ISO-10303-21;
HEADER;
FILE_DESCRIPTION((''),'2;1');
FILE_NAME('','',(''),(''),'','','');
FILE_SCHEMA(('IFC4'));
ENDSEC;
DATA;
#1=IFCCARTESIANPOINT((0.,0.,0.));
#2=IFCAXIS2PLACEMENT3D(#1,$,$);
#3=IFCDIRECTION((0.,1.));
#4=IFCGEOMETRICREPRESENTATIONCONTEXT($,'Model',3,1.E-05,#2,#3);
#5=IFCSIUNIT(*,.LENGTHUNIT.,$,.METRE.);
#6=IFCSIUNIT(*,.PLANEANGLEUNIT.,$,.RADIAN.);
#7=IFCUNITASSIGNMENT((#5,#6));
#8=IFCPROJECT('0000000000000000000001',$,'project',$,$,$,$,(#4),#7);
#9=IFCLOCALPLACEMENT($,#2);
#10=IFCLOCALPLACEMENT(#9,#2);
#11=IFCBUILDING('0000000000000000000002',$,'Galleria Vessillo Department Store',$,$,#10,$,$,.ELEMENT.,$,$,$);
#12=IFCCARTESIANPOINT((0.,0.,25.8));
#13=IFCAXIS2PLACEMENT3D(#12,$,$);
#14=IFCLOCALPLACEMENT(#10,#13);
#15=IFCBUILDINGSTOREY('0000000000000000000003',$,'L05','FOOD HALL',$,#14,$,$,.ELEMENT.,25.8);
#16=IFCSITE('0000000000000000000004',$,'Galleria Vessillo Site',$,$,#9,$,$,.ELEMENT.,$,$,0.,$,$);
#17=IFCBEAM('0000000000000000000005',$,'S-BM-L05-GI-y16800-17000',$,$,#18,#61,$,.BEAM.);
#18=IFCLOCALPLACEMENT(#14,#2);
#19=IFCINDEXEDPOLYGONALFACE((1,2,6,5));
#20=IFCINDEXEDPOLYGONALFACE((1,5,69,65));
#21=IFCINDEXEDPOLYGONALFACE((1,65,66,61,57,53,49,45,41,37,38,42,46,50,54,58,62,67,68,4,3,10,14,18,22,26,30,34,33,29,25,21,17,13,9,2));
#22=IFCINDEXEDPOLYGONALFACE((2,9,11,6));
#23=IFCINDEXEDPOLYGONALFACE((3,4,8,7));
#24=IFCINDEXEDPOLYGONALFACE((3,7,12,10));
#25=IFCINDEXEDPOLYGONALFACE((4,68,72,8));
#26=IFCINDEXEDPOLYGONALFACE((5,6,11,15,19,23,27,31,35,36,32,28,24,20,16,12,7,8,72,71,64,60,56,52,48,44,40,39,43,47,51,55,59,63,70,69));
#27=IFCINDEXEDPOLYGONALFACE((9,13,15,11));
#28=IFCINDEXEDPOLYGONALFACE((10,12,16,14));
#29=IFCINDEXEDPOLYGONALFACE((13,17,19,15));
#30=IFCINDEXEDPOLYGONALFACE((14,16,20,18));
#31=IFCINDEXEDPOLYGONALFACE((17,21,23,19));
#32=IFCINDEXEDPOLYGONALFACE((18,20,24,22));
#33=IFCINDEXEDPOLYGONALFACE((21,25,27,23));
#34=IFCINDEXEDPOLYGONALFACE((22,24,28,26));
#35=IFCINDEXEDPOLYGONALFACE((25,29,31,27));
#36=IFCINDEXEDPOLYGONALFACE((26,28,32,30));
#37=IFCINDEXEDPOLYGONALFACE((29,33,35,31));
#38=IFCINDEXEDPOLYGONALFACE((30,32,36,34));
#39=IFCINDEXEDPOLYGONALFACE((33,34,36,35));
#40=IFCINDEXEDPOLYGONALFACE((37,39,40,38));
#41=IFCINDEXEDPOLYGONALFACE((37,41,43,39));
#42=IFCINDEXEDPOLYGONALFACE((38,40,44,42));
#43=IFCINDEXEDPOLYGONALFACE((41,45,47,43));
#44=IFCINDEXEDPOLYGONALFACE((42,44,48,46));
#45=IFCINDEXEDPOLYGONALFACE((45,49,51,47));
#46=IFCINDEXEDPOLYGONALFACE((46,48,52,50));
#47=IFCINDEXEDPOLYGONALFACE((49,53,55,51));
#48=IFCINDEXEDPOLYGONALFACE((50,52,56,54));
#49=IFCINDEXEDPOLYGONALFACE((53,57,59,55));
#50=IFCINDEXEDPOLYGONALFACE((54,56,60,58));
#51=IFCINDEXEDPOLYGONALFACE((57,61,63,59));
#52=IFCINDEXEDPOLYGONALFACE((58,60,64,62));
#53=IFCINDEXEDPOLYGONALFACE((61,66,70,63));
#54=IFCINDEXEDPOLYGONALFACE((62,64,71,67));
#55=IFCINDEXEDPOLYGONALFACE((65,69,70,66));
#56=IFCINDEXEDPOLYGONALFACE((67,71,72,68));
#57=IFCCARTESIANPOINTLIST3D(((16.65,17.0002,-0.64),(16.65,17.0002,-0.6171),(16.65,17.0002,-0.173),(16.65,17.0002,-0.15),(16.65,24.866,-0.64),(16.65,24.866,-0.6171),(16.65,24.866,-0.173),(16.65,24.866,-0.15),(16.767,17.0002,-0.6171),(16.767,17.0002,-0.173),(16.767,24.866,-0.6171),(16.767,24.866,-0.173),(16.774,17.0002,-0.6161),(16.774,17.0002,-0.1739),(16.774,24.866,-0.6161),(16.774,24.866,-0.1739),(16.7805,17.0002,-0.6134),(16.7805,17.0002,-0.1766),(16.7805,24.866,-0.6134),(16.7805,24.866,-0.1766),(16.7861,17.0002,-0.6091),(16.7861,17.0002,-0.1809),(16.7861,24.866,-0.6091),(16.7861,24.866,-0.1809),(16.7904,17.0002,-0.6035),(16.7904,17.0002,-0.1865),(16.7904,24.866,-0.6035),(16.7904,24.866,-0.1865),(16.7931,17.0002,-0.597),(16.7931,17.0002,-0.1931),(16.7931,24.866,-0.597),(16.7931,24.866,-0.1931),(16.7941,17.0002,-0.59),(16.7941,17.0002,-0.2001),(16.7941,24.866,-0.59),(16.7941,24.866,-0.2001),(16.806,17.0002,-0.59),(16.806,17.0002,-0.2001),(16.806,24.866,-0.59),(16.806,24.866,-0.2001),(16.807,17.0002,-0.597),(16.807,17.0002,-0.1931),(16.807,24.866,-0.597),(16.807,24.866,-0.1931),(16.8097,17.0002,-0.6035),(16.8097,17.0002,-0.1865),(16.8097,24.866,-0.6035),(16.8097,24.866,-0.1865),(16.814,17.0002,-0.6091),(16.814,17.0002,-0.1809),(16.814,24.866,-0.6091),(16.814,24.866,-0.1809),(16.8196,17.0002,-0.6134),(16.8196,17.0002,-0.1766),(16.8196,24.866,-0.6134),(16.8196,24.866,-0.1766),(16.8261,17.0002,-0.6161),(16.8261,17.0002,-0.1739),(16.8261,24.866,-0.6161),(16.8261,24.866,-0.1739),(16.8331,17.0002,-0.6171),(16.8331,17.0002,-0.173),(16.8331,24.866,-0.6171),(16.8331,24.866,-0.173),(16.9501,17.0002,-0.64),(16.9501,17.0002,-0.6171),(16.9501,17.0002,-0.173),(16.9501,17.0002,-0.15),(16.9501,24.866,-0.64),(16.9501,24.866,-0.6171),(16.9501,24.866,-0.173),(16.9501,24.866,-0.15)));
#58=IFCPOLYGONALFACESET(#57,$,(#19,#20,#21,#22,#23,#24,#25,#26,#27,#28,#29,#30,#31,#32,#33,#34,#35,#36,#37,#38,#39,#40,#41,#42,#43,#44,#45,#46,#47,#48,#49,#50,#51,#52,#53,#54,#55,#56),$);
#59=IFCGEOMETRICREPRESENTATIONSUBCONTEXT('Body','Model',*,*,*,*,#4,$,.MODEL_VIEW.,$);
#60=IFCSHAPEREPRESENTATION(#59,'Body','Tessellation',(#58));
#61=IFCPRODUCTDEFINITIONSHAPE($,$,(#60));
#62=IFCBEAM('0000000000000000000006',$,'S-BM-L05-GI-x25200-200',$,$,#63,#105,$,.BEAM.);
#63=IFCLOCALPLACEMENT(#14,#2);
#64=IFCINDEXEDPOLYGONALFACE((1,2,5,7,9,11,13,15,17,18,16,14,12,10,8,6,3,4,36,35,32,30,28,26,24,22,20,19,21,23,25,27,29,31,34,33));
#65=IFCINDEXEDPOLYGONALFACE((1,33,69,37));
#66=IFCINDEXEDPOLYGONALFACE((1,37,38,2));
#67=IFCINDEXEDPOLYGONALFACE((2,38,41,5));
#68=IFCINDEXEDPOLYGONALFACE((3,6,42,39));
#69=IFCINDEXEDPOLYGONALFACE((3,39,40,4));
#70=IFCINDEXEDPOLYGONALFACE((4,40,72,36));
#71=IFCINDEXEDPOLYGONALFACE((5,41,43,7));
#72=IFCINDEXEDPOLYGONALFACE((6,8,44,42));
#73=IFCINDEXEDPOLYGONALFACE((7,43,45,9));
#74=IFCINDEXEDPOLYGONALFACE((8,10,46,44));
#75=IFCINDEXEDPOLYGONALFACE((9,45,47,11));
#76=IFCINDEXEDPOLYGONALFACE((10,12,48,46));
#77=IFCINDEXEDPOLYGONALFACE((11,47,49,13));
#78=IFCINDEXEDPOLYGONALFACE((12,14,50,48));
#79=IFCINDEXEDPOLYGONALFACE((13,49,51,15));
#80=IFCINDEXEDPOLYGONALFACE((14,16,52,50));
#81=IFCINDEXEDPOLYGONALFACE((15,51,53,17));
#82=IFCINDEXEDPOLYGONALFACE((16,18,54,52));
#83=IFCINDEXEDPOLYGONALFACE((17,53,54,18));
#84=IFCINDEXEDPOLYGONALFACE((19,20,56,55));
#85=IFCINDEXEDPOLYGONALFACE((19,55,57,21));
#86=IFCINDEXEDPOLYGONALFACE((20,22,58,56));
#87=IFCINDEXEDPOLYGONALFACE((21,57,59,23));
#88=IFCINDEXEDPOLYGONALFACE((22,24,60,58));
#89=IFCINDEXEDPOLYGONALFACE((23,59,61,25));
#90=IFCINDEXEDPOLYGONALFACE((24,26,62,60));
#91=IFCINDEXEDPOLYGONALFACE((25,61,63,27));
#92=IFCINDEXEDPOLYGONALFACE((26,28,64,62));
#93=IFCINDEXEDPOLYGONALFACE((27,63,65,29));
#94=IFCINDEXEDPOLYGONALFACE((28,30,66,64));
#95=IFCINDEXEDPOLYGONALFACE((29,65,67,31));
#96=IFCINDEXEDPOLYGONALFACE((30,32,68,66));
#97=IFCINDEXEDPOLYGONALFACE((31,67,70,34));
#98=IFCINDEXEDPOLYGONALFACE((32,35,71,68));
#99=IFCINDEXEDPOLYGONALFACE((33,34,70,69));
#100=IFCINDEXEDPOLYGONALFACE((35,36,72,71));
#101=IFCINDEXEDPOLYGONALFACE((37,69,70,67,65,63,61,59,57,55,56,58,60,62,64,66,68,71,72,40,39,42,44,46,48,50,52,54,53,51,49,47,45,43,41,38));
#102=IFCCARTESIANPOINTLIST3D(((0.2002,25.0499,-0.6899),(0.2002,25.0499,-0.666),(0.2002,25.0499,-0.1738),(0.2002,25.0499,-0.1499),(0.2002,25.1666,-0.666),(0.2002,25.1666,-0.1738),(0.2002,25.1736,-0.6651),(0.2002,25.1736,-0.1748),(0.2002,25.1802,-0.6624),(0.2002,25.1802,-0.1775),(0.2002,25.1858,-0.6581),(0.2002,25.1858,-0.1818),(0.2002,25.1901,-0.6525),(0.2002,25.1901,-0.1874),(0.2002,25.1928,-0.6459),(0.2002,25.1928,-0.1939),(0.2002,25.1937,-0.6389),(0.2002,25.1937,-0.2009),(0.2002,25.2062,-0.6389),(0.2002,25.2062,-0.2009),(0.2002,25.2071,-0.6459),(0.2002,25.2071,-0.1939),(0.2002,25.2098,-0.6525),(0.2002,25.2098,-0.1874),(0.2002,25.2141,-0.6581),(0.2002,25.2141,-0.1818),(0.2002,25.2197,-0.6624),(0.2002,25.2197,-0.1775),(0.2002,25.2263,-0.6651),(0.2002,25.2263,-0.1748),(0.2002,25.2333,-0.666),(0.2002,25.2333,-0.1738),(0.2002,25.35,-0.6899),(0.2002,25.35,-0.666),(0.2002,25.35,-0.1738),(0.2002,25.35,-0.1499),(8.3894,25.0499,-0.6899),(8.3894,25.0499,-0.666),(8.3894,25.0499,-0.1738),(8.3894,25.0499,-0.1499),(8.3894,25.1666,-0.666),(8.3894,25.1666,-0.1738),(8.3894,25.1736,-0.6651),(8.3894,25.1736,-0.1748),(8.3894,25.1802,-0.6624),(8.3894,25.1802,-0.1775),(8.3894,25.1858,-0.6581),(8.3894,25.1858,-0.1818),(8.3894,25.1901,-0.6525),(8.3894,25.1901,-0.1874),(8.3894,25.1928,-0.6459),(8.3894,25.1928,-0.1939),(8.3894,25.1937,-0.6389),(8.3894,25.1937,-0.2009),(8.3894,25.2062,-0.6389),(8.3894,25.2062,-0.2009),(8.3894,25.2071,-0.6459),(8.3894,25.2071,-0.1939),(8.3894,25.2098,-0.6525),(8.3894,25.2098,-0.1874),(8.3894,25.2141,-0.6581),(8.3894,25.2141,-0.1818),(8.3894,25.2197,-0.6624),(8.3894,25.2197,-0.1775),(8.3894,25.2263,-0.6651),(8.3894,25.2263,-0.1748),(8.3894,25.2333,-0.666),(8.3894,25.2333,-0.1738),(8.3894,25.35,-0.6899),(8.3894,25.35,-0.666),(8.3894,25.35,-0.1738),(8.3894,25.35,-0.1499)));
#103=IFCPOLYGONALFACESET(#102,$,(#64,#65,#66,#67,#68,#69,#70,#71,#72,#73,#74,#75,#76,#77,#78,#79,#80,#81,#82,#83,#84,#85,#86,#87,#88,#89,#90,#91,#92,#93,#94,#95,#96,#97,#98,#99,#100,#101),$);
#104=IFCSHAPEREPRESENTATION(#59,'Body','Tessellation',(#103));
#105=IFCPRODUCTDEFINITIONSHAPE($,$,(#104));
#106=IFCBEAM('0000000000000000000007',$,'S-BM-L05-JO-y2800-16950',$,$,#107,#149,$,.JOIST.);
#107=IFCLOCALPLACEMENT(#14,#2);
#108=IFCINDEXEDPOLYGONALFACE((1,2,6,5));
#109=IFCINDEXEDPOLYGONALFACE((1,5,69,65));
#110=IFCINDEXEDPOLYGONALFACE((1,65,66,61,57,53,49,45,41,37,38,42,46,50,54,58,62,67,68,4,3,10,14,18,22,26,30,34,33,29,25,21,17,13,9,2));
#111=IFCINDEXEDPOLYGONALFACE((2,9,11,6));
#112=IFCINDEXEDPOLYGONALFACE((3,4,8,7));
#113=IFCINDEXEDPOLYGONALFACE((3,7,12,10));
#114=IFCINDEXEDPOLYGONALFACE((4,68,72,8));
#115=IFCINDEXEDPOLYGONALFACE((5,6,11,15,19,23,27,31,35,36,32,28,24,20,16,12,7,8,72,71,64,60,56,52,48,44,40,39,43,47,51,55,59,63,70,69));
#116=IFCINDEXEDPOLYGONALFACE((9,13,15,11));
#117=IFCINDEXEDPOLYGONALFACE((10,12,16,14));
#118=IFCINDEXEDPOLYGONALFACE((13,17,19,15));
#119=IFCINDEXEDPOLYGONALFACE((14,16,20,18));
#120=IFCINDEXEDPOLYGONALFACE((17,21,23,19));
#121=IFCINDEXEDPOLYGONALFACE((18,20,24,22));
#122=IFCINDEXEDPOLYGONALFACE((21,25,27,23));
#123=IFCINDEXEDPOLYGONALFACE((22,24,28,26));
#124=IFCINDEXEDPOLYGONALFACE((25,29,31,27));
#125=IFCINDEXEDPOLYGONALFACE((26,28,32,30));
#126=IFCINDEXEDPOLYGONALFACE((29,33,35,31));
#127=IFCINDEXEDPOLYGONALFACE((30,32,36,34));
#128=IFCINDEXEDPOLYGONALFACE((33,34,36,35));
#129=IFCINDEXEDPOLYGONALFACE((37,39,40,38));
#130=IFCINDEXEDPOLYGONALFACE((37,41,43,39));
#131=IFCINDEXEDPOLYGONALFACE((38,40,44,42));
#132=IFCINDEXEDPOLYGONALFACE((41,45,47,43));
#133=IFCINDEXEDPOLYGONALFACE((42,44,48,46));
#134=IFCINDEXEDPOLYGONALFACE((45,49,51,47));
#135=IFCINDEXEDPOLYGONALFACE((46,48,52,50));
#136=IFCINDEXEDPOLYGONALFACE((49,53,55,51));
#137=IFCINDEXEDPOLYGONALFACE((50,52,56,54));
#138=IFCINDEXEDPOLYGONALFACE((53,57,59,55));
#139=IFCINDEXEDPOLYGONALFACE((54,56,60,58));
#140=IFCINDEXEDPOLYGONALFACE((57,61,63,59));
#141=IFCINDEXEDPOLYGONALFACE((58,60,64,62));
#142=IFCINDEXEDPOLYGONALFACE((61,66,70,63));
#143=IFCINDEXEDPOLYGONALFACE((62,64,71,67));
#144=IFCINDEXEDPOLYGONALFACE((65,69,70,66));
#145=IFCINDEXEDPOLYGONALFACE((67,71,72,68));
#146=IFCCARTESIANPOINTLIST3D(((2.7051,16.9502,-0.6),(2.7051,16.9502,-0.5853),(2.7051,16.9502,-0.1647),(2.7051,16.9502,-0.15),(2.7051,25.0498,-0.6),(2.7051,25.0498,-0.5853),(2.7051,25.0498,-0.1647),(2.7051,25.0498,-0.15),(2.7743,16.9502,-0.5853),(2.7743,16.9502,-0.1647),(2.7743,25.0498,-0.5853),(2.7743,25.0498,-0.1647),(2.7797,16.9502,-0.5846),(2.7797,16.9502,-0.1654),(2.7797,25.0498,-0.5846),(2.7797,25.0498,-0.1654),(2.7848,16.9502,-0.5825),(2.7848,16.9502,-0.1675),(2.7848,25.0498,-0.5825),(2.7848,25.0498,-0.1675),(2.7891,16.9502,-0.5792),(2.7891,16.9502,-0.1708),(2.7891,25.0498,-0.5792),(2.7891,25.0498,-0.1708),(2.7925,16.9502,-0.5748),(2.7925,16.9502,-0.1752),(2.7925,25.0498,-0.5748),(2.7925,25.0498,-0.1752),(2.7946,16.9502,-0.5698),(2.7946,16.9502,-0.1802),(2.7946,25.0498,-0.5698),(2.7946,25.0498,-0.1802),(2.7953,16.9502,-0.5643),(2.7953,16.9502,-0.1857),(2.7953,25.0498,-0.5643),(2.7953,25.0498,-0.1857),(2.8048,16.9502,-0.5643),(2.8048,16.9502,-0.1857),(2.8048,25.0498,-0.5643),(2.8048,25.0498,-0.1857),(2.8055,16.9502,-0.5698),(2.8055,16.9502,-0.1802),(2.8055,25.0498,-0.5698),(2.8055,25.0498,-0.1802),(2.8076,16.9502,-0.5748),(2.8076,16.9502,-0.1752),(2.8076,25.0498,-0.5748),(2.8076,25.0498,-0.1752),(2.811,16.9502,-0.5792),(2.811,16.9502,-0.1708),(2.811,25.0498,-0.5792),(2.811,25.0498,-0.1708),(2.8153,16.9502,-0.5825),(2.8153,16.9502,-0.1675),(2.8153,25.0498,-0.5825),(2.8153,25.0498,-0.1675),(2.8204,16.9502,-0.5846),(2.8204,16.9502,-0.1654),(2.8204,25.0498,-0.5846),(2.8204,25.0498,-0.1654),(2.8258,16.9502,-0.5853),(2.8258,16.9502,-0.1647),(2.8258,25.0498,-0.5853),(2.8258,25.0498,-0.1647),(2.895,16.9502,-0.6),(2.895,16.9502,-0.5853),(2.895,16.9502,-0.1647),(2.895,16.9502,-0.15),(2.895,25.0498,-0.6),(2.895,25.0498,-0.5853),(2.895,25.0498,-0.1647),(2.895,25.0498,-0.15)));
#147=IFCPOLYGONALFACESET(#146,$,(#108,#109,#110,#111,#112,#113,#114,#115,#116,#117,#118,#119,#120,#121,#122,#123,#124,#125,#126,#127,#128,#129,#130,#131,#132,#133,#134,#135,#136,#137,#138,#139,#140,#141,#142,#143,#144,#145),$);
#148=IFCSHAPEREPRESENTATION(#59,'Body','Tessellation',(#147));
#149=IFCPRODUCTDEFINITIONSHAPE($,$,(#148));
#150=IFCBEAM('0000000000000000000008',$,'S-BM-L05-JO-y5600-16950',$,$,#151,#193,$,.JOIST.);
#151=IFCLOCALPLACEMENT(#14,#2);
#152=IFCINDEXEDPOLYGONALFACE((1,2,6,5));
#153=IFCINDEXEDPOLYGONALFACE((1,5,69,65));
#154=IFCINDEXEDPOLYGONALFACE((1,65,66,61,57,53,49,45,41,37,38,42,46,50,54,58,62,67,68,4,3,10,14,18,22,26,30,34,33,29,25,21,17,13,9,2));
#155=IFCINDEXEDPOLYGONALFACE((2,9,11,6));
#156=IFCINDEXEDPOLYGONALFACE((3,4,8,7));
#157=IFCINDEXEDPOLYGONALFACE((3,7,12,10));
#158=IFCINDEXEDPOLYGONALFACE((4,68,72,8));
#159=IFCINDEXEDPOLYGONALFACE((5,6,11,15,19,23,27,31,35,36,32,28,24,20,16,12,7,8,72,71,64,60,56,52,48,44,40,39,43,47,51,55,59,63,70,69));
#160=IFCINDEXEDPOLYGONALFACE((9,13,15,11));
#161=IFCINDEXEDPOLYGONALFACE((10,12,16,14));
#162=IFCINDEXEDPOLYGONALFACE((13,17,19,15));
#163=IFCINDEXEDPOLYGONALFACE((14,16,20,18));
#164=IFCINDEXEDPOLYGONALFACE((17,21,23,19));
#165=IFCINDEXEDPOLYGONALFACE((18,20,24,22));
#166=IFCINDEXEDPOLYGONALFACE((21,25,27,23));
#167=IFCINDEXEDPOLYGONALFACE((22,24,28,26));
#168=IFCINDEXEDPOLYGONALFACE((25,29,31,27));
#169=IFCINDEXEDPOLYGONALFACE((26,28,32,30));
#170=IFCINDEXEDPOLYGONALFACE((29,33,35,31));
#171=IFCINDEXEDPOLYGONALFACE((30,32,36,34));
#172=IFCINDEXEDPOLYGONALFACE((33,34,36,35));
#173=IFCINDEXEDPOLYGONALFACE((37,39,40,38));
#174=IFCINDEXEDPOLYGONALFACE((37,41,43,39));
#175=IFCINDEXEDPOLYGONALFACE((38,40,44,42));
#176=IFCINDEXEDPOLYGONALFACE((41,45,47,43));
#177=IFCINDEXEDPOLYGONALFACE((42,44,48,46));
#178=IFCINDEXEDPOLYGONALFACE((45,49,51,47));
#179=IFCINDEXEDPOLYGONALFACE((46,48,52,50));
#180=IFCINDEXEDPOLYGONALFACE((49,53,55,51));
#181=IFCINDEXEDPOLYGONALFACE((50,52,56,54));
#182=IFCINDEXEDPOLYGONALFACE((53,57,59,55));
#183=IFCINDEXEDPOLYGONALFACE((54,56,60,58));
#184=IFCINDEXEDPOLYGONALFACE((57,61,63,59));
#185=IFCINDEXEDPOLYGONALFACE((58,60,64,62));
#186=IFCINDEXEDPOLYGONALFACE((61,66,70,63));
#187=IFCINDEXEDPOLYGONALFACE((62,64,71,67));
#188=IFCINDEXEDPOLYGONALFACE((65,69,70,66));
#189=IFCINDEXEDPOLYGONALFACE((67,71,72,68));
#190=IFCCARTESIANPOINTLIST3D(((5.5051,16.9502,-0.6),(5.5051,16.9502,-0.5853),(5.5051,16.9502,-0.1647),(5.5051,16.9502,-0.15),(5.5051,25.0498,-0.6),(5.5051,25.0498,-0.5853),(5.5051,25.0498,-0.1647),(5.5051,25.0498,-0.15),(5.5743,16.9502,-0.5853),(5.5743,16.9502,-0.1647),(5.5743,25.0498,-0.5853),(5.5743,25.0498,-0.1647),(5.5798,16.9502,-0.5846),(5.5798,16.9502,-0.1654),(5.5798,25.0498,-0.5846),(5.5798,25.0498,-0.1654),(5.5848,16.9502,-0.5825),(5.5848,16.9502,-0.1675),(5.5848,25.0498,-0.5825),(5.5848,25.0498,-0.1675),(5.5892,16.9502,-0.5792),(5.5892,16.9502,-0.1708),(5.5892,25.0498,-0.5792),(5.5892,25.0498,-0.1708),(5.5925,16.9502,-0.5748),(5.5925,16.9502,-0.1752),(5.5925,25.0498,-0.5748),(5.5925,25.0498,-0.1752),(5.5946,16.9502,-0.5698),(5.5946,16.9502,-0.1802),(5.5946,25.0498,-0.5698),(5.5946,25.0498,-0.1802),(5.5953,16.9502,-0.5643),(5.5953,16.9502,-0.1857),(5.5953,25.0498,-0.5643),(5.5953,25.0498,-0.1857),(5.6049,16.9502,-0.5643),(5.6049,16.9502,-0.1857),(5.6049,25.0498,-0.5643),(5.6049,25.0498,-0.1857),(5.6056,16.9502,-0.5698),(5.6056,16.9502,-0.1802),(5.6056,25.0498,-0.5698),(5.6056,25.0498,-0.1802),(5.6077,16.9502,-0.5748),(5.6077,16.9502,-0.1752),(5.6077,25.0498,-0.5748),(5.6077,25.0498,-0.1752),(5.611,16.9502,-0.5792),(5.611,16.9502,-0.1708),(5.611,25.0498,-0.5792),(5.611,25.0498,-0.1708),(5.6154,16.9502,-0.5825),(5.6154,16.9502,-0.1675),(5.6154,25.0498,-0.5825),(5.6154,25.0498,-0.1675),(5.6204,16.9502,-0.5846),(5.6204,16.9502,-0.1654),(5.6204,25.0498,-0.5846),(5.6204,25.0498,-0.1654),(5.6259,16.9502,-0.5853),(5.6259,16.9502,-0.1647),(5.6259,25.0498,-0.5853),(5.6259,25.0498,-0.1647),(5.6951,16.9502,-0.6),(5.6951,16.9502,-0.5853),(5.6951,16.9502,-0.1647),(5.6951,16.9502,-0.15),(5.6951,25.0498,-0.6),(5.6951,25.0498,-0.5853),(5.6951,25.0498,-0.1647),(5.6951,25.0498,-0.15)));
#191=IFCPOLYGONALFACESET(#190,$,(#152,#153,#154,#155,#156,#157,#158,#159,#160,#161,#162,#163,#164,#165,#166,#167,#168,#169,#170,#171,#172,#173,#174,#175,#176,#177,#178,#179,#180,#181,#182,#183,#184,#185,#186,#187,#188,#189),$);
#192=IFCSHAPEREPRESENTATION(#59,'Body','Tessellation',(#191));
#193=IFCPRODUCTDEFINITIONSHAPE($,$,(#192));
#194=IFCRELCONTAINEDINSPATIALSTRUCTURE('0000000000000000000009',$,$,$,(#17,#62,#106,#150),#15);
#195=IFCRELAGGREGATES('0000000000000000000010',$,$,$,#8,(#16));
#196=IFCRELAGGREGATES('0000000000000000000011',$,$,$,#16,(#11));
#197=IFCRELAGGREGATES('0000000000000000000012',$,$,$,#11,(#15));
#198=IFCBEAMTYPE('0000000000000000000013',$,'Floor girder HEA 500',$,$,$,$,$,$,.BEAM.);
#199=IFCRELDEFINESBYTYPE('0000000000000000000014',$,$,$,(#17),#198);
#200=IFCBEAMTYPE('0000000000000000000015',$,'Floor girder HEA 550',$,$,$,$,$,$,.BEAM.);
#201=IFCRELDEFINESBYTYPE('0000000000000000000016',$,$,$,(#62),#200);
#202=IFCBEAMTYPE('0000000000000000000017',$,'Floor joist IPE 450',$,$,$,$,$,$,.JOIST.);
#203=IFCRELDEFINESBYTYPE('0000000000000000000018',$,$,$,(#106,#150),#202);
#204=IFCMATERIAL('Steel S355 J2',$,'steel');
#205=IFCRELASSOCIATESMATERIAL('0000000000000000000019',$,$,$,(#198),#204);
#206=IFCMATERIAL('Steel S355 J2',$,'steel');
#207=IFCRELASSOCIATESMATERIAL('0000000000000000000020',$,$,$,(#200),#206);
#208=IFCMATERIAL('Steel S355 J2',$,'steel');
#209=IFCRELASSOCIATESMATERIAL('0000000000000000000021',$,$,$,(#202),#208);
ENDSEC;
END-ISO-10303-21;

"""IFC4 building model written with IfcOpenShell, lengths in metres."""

from ifc_helpers import new_model, si_unit, direction, frame, origin, origin_2d, place, context, subcontext, project, spatial, i_section, extrude, material, material_profile, profile_set, type_object, element, save


model = new_model("IFC4")

# Units and contexts
model_context = context("Model", 3, precision=1e-05, world=origin(), true_north=direction((0.0, 1.0)))
body_context = subcontext(model_context, "Body", "Model", "MODEL_VIEW")
ifc_project = project(units=[si_unit("LENGTHUNIT", "METRE"), si_unit("PLANEANGLEUNIT", "RADIAN")], contexts=[model_context])

# Site, building, storey
site_placement = place(None, origin())
site = spatial("IfcSite", under=ifc_project, at=site_placement, Name="Galleria Vessillo Site", CompositionType="ELEMENT", RefElevation=0.0)
building_placement = place(site_placement, origin())
building = spatial("IfcBuilding", under=site, at=building_placement, Name="Galleria Vessillo Department Store", CompositionType="ELEMENT")
storey_placement = place(building_placement, frame((0.0, 0.0, 25.8)))
storey = spatial("IfcBuildingStorey", under=building, at=storey_placement, Name="L05", Description="FOOD HALL", CompositionType="ELEMENT", Elevation=25.8)

# Beams
ifc_material_1 = material(Name="Steel S355 J2", Category="steel")
ifc_material_profile_1 = material_profile(ifc_material_1, i_section(OverallWidth=0.3, OverallDepth=0.49, WebThickness=0.012, FlangeThickness=0.0229, FilletRadius=0.0271, at=origin_2d()), Name="HEA 500")
ifc_profile_set_1 = profile_set([ifc_material_profile_1], Name="Steel S355 J2")
beam_type_1 = type_object("IfcBeamType", Name="Floor girder HEA 500", PredefinedType="BEAM", material=ifc_profile_set_1)
for number, where, z_axis, x_axis, name in (
    (1, (16.8, 17.0002, -0.395), (0.0, 1.0, 0.0), (-1.0, 0.0, 0.0), "S-BM-L05-GI-y16800-17000"),
):
    element("IfcBeam", number, at=place(storey_placement, frame(where, z_axis=z_axis, x_axis=x_axis)), inside=storey, type_object=beam_type_1, Name=name, PredefinedType="BEAM", context=body_context, shape_type="SweptSolid", body=[
        extrude(i_section(OverallWidth=0.3, OverallDepth=0.49, WebThickness=0.012, FlangeThickness=0.0229, FilletRadius=0.0271, at=origin_2d()), origin(), (0.0, 0.0, 1.0), 7.8657),
    ])
ifc_material_2 = material(Name="Steel S355 J2", Category="steel")
ifc_material_profile_2 = material_profile(ifc_material_2, i_section(OverallWidth=0.3, OverallDepth=0.54, WebThickness=0.0125, FlangeThickness=0.0239, FilletRadius=0.0271, at=origin_2d()), Name="HEA 550")
ifc_profile_set_2 = profile_set([ifc_material_profile_2], Name="Steel S355 J2")
beam_type_2 = type_object("IfcBeamType", Name="Floor girder HEA 550", PredefinedType="BEAM", material=ifc_profile_set_2)
beam_1_placement = place(storey_placement, frame((0.2002, 25.2, -0.4199), z_axis=(1.0, 0.0, 0.0), x_axis=(0.0, 1.0, 0.0)))
element("IfcBeam", 2, at=beam_1_placement, inside=storey, type_object=beam_type_2, Name="S-BM-L05-GI-x25200-200", PredefinedType="BEAM", context=body_context, shape_type="SweptSolid", body=[
    extrude(i_section(OverallWidth=0.3, OverallDepth=0.54, WebThickness=0.0125, FlangeThickness=0.0239, FilletRadius=0.0271, at=origin_2d()), origin(), (0.0, 0.0, 1.0), 8.1892),
])
ifc_material_3 = material(Name="Steel S355 J2", Category="steel")
ifc_material_profile_3 = material_profile(ifc_material_3, i_section(OverallWidth=0.1899, OverallDepth=0.45, WebThickness=0.0095, FlangeThickness=0.0146, FilletRadius=0.021, at=origin_2d()), Name="IPE 450")
ifc_profile_set_3 = profile_set([ifc_material_profile_3], Name="Steel S355 J2")
beam_type_3 = type_object("IfcBeamType", Name="Floor joist IPE 450", PredefinedType="JOIST", material=ifc_profile_set_3)
for number, where, z_axis, x_axis, name in (
    (3, (2.8, 16.9502, -0.375), (0.0, 1.0, 0.0), (-1.0, 0.0, 0.0), "S-BM-L05-JO-y2800-16950"),
    (4, (5.6001, 16.9502, -0.375), (0.0, 1.0, 0.0), (-1.0, 0.0, 0.0), "S-BM-L05-JO-y5600-16950"),
):
    element("IfcBeam", number, at=place(storey_placement, frame(where, z_axis=z_axis, x_axis=x_axis)), inside=storey, type_object=beam_type_3, Name=name, PredefinedType="JOIST", context=body_context, shape_type="SweptSolid", body=[
        extrude(i_section(OverallWidth=0.1899, OverallDepth=0.45, WebThickness=0.0095, FlangeThickness=0.0146, FilletRadius=0.021, at=origin_2d()), origin(), (0.0, 0.0, 1.0), 8.0996),
    ])

save(model, "model.ifc")
